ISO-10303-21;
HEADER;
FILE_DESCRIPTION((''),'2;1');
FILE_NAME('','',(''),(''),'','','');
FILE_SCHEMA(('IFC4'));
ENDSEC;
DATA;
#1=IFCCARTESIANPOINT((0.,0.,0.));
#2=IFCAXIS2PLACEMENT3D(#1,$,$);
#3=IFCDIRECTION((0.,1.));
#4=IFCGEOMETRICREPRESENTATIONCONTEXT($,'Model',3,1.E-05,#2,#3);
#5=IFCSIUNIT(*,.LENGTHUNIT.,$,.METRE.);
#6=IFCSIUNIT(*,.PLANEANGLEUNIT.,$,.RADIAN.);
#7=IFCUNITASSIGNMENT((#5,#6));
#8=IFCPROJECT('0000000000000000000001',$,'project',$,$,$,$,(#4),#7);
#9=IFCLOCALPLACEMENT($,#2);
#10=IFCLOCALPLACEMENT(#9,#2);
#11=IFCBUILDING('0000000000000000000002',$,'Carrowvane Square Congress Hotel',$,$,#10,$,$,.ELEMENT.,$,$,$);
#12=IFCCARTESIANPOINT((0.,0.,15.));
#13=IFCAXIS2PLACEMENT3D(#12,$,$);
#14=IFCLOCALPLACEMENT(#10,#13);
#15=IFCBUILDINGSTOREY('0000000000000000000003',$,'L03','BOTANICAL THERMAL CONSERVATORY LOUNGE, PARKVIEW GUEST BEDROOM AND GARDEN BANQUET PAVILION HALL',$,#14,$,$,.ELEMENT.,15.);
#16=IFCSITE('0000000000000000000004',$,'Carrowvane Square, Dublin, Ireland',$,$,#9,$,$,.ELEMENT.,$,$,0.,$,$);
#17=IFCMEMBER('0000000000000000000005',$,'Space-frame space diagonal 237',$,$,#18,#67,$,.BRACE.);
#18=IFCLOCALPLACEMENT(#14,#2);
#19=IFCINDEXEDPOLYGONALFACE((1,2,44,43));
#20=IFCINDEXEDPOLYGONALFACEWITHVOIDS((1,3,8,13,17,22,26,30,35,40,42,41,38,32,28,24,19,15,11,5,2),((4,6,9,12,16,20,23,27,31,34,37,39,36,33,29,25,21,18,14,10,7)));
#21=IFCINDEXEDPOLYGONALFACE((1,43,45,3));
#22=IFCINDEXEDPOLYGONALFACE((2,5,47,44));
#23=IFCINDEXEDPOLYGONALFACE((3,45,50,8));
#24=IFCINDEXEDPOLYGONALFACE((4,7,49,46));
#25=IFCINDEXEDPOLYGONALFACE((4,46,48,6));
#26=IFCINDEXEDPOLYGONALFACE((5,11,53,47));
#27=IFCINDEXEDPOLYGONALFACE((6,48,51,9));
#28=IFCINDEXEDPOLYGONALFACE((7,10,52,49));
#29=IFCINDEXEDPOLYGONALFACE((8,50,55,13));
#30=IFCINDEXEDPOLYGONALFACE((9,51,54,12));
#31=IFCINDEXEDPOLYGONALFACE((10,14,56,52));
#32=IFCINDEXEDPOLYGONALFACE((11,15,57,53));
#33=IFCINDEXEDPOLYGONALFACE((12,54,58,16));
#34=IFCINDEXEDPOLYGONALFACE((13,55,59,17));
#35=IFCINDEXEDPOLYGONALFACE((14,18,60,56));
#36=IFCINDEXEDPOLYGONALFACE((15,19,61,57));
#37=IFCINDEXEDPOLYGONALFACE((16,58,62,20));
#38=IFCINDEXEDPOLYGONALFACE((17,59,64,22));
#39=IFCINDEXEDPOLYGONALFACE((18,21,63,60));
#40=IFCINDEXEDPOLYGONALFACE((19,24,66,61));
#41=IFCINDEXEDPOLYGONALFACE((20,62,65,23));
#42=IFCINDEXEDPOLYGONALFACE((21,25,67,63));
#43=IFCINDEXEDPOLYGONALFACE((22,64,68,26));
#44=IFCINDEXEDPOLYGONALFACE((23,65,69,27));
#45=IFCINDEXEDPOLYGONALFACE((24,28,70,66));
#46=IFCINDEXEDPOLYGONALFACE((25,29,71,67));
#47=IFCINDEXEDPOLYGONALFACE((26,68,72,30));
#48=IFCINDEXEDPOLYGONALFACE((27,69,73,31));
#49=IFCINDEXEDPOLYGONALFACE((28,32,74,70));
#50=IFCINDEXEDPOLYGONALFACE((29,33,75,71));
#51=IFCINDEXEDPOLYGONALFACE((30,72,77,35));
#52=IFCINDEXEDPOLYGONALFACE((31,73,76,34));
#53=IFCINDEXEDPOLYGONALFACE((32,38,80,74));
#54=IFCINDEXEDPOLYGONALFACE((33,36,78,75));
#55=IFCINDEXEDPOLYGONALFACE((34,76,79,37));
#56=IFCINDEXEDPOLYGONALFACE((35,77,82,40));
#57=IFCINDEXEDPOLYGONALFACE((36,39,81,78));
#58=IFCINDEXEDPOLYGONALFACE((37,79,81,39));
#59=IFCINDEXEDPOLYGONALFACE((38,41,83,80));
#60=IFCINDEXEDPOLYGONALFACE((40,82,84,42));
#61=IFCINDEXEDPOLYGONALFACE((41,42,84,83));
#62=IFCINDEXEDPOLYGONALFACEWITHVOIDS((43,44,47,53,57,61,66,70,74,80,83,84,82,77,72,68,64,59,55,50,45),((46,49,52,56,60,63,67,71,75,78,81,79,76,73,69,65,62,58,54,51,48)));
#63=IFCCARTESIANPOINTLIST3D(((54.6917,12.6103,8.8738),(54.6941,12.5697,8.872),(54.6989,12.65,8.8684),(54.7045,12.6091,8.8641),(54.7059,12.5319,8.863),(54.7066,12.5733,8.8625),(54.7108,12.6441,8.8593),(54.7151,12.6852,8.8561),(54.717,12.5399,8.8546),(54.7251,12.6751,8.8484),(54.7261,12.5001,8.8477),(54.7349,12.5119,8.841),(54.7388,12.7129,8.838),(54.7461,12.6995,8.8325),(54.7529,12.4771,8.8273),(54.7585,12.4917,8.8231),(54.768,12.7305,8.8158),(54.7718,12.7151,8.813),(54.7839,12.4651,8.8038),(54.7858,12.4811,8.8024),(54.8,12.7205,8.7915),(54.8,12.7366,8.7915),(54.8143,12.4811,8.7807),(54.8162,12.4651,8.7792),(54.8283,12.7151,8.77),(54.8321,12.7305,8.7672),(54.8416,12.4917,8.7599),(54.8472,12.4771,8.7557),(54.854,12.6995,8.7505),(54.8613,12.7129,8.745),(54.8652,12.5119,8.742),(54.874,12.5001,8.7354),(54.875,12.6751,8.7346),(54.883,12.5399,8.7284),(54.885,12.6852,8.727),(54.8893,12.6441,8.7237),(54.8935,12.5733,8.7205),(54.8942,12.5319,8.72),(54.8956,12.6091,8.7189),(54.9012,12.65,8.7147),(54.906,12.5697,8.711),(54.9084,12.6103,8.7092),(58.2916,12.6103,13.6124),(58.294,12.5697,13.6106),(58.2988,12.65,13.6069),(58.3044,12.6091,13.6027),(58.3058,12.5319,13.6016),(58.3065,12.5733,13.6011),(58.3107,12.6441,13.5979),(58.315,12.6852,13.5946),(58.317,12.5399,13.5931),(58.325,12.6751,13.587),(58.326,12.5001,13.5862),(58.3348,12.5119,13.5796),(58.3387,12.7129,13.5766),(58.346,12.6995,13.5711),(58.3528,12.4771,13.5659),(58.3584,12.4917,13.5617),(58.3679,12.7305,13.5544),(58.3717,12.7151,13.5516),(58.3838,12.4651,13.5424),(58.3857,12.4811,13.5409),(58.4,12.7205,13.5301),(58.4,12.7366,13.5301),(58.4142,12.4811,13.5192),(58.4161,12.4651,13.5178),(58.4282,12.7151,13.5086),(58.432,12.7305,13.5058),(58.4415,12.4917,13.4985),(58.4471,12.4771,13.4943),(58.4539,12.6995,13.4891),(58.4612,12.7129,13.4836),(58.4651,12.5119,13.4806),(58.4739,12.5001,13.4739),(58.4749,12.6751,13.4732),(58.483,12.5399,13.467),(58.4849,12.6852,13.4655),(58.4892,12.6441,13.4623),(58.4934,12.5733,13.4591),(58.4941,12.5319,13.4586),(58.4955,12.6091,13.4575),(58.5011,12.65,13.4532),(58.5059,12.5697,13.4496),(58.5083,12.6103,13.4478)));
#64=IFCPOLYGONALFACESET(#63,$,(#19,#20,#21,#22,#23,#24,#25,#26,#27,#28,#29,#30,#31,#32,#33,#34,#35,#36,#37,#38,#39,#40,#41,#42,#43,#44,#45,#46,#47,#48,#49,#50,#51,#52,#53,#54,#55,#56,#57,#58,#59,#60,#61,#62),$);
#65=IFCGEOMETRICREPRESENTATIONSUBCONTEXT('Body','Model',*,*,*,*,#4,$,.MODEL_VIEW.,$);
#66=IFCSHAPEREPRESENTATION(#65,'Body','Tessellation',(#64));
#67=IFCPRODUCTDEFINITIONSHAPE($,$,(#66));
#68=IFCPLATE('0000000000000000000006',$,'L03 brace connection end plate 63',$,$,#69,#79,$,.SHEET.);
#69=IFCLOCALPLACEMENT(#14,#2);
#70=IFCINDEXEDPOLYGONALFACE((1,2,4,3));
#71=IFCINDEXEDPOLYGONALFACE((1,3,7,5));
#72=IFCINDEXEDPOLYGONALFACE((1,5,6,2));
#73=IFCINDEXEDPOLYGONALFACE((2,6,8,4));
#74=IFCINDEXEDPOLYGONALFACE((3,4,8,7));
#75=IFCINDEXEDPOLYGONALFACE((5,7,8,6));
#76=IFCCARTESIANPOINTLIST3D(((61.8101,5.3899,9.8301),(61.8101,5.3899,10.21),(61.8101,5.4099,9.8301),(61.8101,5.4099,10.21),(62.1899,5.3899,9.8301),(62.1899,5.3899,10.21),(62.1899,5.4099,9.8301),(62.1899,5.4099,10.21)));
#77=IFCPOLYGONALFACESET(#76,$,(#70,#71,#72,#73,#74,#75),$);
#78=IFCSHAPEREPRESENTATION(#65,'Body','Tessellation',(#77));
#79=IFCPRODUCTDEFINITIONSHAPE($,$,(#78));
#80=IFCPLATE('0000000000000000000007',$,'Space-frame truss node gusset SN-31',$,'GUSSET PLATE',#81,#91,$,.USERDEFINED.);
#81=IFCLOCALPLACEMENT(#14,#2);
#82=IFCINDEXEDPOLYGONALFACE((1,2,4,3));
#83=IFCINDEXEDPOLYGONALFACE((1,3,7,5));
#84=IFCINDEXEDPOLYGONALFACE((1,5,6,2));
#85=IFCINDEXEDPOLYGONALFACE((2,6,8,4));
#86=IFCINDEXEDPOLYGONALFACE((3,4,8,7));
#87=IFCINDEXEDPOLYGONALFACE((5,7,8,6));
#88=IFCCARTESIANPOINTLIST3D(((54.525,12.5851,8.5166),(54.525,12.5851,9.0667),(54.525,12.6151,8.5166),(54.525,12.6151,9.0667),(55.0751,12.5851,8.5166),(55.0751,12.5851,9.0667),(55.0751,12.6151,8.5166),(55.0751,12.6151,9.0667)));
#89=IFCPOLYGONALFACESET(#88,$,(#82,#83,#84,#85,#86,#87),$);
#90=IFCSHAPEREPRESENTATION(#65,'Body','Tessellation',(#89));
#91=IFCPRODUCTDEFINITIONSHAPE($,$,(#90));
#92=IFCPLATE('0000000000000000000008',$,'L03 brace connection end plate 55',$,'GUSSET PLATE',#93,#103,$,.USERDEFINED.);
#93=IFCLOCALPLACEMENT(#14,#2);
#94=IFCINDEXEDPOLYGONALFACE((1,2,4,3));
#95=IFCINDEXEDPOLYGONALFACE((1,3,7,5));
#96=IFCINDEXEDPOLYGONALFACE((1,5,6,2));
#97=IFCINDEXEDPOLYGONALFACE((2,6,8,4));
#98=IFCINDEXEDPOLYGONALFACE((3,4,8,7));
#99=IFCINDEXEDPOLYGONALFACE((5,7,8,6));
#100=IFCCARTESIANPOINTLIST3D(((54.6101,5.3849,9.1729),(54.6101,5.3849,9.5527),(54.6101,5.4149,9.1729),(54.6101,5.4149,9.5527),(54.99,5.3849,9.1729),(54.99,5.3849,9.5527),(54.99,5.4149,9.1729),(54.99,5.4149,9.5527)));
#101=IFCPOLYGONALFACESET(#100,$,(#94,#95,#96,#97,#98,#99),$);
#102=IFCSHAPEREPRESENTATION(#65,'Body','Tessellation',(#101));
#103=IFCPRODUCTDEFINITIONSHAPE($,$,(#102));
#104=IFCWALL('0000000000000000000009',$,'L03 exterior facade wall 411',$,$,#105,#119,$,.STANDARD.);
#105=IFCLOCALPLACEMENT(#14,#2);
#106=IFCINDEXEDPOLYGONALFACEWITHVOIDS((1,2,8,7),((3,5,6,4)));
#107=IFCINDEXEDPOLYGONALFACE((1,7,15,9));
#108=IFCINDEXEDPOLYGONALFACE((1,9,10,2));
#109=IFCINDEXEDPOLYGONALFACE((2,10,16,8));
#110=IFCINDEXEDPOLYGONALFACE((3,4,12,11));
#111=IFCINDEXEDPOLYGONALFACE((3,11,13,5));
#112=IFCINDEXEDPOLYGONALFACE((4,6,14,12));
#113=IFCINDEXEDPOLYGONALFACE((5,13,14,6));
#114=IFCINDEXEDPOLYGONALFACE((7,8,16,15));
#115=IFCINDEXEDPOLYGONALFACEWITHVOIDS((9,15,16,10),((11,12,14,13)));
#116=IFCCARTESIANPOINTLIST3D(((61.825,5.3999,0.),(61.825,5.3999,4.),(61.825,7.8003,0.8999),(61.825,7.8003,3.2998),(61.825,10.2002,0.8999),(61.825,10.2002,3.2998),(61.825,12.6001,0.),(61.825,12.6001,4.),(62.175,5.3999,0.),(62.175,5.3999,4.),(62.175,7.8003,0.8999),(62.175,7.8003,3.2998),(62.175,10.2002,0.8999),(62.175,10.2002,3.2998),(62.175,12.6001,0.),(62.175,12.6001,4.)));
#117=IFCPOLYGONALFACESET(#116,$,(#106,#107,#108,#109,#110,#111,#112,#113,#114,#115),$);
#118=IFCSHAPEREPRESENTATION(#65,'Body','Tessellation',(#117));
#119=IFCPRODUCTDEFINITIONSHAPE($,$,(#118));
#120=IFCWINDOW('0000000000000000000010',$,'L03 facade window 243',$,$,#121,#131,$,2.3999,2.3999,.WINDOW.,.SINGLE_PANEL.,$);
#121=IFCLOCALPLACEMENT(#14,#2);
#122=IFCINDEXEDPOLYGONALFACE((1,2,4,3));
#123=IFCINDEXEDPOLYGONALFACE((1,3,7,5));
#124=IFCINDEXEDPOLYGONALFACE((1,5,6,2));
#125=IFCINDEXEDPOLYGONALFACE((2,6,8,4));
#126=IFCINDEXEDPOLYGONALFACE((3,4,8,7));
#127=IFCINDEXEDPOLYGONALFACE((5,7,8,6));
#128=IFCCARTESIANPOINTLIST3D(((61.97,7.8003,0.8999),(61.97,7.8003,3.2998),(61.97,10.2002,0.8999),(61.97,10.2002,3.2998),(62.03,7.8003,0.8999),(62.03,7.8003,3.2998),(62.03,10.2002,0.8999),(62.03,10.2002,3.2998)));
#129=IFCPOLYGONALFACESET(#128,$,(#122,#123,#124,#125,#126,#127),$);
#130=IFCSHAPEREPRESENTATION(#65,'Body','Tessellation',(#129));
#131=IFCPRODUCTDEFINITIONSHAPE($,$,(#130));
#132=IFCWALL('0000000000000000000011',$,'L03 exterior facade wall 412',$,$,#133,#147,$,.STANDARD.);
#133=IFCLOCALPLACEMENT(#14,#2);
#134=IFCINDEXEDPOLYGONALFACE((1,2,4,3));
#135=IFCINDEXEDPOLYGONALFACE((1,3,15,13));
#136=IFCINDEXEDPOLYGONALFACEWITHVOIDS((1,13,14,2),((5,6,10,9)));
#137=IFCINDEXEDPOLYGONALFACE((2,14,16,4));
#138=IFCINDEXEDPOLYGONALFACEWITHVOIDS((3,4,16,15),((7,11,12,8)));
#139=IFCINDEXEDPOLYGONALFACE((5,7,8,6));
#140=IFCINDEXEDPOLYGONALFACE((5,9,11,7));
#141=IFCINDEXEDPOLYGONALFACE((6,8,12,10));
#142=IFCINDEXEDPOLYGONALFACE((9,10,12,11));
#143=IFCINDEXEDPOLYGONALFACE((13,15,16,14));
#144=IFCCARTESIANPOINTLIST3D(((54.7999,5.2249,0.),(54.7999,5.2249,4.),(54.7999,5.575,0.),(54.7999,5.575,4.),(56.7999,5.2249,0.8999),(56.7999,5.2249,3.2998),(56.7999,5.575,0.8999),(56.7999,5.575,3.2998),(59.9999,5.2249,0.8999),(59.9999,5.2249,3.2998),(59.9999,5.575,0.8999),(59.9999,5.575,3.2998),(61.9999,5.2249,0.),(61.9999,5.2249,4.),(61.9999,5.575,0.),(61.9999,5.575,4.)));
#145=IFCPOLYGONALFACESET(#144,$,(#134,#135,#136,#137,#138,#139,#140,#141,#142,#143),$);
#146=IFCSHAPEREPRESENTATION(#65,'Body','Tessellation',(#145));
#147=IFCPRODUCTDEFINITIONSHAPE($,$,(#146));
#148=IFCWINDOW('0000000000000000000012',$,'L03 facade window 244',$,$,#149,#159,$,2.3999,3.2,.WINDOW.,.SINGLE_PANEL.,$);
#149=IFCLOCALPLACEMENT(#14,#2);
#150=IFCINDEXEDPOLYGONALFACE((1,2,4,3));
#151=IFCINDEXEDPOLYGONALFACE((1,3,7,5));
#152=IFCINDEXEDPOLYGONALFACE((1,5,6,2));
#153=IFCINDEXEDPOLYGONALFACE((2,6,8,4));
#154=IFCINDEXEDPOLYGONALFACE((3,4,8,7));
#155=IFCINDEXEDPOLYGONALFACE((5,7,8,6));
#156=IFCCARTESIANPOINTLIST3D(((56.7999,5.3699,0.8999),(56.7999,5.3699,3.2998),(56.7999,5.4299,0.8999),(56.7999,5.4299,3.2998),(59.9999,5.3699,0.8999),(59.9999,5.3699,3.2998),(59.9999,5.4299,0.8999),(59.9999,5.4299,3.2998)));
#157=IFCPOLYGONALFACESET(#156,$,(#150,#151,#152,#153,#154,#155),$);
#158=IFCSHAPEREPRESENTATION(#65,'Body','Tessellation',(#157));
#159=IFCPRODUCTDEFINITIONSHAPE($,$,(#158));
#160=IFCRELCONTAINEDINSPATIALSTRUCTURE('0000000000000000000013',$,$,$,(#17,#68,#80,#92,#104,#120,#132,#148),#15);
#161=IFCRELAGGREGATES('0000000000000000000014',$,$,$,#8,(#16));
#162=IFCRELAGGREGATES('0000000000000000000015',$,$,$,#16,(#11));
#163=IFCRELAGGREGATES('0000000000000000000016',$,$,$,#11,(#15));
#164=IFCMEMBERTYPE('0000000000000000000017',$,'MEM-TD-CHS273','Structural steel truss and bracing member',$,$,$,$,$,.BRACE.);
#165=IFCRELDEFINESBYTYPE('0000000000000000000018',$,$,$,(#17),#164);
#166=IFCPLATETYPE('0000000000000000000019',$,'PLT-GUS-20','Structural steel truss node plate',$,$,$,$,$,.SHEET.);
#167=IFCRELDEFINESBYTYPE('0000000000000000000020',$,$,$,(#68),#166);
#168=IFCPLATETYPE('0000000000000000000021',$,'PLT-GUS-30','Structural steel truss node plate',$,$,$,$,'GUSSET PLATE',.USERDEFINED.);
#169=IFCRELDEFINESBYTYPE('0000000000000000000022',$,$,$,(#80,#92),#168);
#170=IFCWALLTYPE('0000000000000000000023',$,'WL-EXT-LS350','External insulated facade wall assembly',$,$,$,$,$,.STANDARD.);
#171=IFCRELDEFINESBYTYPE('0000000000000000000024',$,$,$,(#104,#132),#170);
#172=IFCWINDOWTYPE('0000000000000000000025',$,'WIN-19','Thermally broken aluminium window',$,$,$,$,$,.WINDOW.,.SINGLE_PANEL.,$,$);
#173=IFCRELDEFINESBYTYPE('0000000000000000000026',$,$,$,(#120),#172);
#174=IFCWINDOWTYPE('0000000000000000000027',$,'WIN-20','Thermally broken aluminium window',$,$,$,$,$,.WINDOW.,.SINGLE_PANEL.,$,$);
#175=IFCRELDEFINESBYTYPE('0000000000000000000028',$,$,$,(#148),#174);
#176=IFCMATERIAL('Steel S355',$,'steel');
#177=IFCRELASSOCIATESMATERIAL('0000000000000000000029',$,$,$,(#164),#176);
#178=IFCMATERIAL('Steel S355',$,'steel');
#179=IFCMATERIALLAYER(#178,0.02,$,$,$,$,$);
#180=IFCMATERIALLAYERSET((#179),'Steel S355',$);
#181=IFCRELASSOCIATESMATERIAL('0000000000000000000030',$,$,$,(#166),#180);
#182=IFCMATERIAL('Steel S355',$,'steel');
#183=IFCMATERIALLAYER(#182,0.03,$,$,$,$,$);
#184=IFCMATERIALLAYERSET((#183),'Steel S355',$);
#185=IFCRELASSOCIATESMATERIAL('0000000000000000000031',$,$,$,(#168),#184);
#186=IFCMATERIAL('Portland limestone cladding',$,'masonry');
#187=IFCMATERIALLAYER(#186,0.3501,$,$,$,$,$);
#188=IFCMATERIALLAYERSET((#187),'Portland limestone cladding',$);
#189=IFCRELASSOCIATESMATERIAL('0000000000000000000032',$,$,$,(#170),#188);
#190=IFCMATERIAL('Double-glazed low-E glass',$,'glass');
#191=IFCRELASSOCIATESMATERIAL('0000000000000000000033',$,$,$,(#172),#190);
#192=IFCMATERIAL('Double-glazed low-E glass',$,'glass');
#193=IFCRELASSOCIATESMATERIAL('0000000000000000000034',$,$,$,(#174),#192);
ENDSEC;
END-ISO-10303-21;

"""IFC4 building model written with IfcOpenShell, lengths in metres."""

from ifc_helpers import new_model, si_unit, direction, frame, frame_2d, origin, origin_2d, place, context, subcontext, project, spatial, rectangle, hollow_circle, extrude, material, layer, layer_set, material_profile, profile_set, type_object, element, fill, save


model = new_model("IFC4")

# Units and contexts
model_context = context("Model", 3, precision=1e-05, world=origin(), true_north=direction((0.0, 1.0)))
body_context = subcontext(model_context, "Body", "Model", "MODEL_VIEW")
ifc_project = project(units=[si_unit("LENGTHUNIT", "METRE"), si_unit("PLANEANGLEUNIT", "RADIAN")], contexts=[model_context])

# Site, building, storey
site_placement = place(None, origin())
site = spatial("IfcSite", under=ifc_project, at=site_placement, Name="Carrowvane Square, Dublin, Ireland", CompositionType="ELEMENT", RefElevation=0.0)
building_placement = place(site_placement, origin())
building = spatial("IfcBuilding", under=site, at=building_placement, Name="Carrowvane Square Congress Hotel", CompositionType="ELEMENT")
storey_placement = place(building_placement, frame((0.0, 0.0, 15.0)))
storey = spatial("IfcBuildingStorey", under=building, at=storey_placement, Name="L03", Description="BOTANICAL THERMAL CONSERVATORY LOUNGE, PARKVIEW GUEST BEDROOM AND GARDEN BANQUET PAVILION HALL", CompositionType="ELEMENT", Elevation=15.0)

# Member
ifc_material_1 = material(Name="Steel S355", Category="steel")
ifc_material_profile_1 = material_profile(ifc_material_1, hollow_circle(Radius=0.1365, WallThickness=0.0161, at=origin_2d()), Name="CHS 273.0x16")
ifc_profile_set_1 = profile_set([ifc_material_profile_1], Name="Steel S355")
member_type_1 = type_object("IfcMemberType", Name="MEM-TD-CHS273", Description="Structural steel truss and bracing member", PredefinedType="BRACE", material=ifc_profile_set_1)
member_1_placement = place(storey_placement, frame((54.8, 12.6001, 8.7915), z_axis=(0.604931, 0.0, 0.796278), x_axis=(0.0, 1.0, 0.0)))
element("IfcMember", 1, at=member_1_placement, inside=storey, type_object=member_type_1, Name="Space-frame space diagonal 237", PredefinedType="BRACE", context=body_context, shape_type="SweptSolid", body=[
    extrude(hollow_circle(Radius=0.1365, WallThickness=0.0161, at=origin_2d()), origin(), (0.0, 0.0, 1.0), 5.9509),
])

# Plates
ifc_material_2 = material(Name="Steel S355", Category="steel")
ifc_layer_1 = layer(ifc_material_2, 0.02)
ifc_layer_set_1 = layer_set([ifc_layer_1], Name="Steel S355")
plate_type_1 = type_object("IfcPlateType", Name="PLT-GUS-20", Description="Structural steel truss node plate", PredefinedType="SHEET", material=ifc_layer_set_1)
plate_1_placement = place(storey_placement, frame((62.0, 5.3999, 9.8301), z_axis=(0.0, 0.0, 1.0), x_axis=(1.0, 0.0, 0.0)))
element("IfcPlate", 2, at=plate_1_placement, inside=storey, type_object=plate_type_1, Name="L03 brace connection end plate 63", PredefinedType="SHEET", context=body_context, shape_type="SweptSolid", body=[
    extrude(rectangle(XDim=0.3799, YDim=0.02, at=origin_2d()), origin(), (0.0, 0.0, 1.0), 0.3799),
])
ifc_material_3 = material(Name="Steel S355", Category="steel")
ifc_layer_2 = layer(ifc_material_3, 0.03)
ifc_layer_set_2 = layer_set([ifc_layer_2], Name="Steel S355")
plate_type_2 = type_object("IfcPlateType", Name="PLT-GUS-30", Description="Structural steel truss node plate", ElementType="GUSSET PLATE", PredefinedType="USERDEFINED", material=ifc_layer_set_2)
plate_2_placement = place(storey_placement, frame((54.8, 12.6001, 8.5166), z_axis=(0.0, 0.0, 1.0), x_axis=(1.0, 0.0, 0.0)))
element("IfcPlate", 3, at=plate_2_placement, inside=storey, type_object=plate_type_2, Name="Space-frame truss node gusset SN-31", ObjectType="GUSSET PLATE", PredefinedType="USERDEFINED", context=body_context, shape_type="SweptSolid", body=[
    extrude(rectangle(XDim=0.55, YDim=0.03, at=origin_2d()), origin(), (0.0, 0.0, 1.0), 0.55),
])
plate_3_placement = place(storey_placement, frame((54.8, 5.3999, 9.1729), z_axis=(0.0, 0.0, 1.0), x_axis=(1.0, 0.0, 0.0)))
element("IfcPlate", 4, at=plate_3_placement, inside=storey, type_object=plate_type_2, Name="L03 brace connection end plate 55", ObjectType="GUSSET PLATE", PredefinedType="USERDEFINED", context=body_context, shape_type="SweptSolid", body=[
    extrude(rectangle(XDim=0.3799, YDim=0.03, at=origin_2d()), origin(), (0.0, 0.0, 1.0), 0.3799),
])

# Walls, openings, windows
ifc_material_4 = material(Name="Portland limestone cladding", Category="masonry")
ifc_layer_3 = layer(ifc_material_4, 0.3501)
ifc_layer_set_3 = layer_set([ifc_layer_3], Name="Portland limestone cladding")
wall_type = type_object("IfcWallType", Name="WL-EXT-LS350", Description="External insulated facade wall assembly", PredefinedType="STANDARD", material=ifc_layer_set_3)
wall_1_placement = place(storey_placement, frame((62.0, 12.6001, 0.0), z_axis=(0.0, 0.0, 1.0), x_axis=(0.0, -1.0, 0.0)))
wall_1 = element("IfcWall", 5, at=wall_1_placement, inside=storey, type_object=wall_type, Name="L03 exterior facade wall 411", PredefinedType="STANDARD", context=body_context, shape_type="SweptSolid", body=[
    extrude(rectangle(XDim=7.2002, YDim=0.3501, at=frame_2d((3.6001, 0.0))), origin(), (0.0, 0.0, 1.0), 4.0),
])
opening_1_placement = place(wall_1_placement, frame((2.3999, 0.0, 0.8999)))
opening_1 = element("IfcOpeningElement", 6, at=opening_1_placement, cuts=wall_1, PredefinedType="OPENING", context=body_context, shape_type="SweptSolid", body=[
    extrude(rectangle(XDim=2.3999, YDim=2.3999, at=frame_2d((1.2, 1.2))), frame((0.0, 0.1851, 0.0), z_axis=(0.0, -1.0, 0.0), x_axis=(1.0, 0.0, 0.0)), (0.0, 0.0, 1.0), 0.3701),
])
ifc_material_5 = material(Name="Double-glazed low-E glass", Category="glass")
window_type_1 = type_object("IfcWindowType", Name="WIN-19", Description="Thermally broken aluminium window", PartitioningType="SINGLE_PANEL", PredefinedType="WINDOW", material=ifc_material_5)
window_1_placement = place(opening_1_placement, origin())
window_1 = element("IfcWindow", 7, at=window_1_placement, inside=storey, type_object=window_type_1, Name="L03 facade window 243", OverallHeight=2.3999, OverallWidth=2.3999, PartitioningType="SINGLE_PANEL", PredefinedType="WINDOW", context=body_context, shape_type="SweptSolid", body=[
    extrude(rectangle(XDim=2.3999, YDim=2.3999, at=frame_2d((1.2, 1.2))), frame((0.0, 0.03, 0.0), z_axis=(0.0, -1.0, 0.0), x_axis=(1.0, 0.0, 0.0)), (0.0, 0.0, 1.0), 0.0601),
])
fill(opening_1, window_1)
wall_2_placement = place(storey_placement, frame((62.0, 5.3999, 0.0), z_axis=(0.0, 0.0, 1.0), x_axis=(-1.0, 0.0, 0.0)))
wall_2 = element("IfcWall", 8, at=wall_2_placement, inside=storey, type_object=wall_type, Name="L03 exterior facade wall 412", PredefinedType="STANDARD", context=body_context, shape_type="SweptSolid", body=[
    extrude(rectangle(XDim=7.2, YDim=0.3501, at=frame_2d((3.6001, 0.0))), origin(), (0.0, 0.0, 1.0), 4.0),
])
opening_2_placement = place(wall_2_placement, frame((2.0, 0.0, 0.8999)))
opening_2 = element("IfcOpeningElement", 9, at=opening_2_placement, cuts=wall_2, PredefinedType="OPENING", context=body_context, shape_type="SweptSolid", body=[
    extrude(rectangle(XDim=3.2, YDim=2.3999, at=frame_2d((1.6001, 1.2))), frame((0.0, 0.1851, 0.0), z_axis=(0.0, -1.0, 0.0), x_axis=(1.0, 0.0, 0.0)), (0.0, 0.0, 1.0), 0.3701),
])
ifc_material_6 = material(Name="Double-glazed low-E glass", Category="glass")
window_type_2 = type_object("IfcWindowType", Name="WIN-20", Description="Thermally broken aluminium window", PartitioningType="SINGLE_PANEL", PredefinedType="WINDOW", material=ifc_material_6)
window_2_placement = place(opening_2_placement, origin())
window_2 = element("IfcWindow", 10, at=window_2_placement, inside=storey, type_object=window_type_2, Name="L03 facade window 244", OverallHeight=2.3999, OverallWidth=3.2, PartitioningType="SINGLE_PANEL", PredefinedType="WINDOW", context=body_context, shape_type="SweptSolid", body=[
    extrude(rectangle(XDim=3.2, YDim=2.3999, at=frame_2d((1.6001, 1.2))), frame((0.0, 0.03, 0.0), z_axis=(0.0, -1.0, 0.0), x_axis=(1.0, 0.0, 0.0)), (0.0, 0.0, 1.0), 0.0601),
])
fill(opening_2, window_2)

save(model, "model.ifc")
